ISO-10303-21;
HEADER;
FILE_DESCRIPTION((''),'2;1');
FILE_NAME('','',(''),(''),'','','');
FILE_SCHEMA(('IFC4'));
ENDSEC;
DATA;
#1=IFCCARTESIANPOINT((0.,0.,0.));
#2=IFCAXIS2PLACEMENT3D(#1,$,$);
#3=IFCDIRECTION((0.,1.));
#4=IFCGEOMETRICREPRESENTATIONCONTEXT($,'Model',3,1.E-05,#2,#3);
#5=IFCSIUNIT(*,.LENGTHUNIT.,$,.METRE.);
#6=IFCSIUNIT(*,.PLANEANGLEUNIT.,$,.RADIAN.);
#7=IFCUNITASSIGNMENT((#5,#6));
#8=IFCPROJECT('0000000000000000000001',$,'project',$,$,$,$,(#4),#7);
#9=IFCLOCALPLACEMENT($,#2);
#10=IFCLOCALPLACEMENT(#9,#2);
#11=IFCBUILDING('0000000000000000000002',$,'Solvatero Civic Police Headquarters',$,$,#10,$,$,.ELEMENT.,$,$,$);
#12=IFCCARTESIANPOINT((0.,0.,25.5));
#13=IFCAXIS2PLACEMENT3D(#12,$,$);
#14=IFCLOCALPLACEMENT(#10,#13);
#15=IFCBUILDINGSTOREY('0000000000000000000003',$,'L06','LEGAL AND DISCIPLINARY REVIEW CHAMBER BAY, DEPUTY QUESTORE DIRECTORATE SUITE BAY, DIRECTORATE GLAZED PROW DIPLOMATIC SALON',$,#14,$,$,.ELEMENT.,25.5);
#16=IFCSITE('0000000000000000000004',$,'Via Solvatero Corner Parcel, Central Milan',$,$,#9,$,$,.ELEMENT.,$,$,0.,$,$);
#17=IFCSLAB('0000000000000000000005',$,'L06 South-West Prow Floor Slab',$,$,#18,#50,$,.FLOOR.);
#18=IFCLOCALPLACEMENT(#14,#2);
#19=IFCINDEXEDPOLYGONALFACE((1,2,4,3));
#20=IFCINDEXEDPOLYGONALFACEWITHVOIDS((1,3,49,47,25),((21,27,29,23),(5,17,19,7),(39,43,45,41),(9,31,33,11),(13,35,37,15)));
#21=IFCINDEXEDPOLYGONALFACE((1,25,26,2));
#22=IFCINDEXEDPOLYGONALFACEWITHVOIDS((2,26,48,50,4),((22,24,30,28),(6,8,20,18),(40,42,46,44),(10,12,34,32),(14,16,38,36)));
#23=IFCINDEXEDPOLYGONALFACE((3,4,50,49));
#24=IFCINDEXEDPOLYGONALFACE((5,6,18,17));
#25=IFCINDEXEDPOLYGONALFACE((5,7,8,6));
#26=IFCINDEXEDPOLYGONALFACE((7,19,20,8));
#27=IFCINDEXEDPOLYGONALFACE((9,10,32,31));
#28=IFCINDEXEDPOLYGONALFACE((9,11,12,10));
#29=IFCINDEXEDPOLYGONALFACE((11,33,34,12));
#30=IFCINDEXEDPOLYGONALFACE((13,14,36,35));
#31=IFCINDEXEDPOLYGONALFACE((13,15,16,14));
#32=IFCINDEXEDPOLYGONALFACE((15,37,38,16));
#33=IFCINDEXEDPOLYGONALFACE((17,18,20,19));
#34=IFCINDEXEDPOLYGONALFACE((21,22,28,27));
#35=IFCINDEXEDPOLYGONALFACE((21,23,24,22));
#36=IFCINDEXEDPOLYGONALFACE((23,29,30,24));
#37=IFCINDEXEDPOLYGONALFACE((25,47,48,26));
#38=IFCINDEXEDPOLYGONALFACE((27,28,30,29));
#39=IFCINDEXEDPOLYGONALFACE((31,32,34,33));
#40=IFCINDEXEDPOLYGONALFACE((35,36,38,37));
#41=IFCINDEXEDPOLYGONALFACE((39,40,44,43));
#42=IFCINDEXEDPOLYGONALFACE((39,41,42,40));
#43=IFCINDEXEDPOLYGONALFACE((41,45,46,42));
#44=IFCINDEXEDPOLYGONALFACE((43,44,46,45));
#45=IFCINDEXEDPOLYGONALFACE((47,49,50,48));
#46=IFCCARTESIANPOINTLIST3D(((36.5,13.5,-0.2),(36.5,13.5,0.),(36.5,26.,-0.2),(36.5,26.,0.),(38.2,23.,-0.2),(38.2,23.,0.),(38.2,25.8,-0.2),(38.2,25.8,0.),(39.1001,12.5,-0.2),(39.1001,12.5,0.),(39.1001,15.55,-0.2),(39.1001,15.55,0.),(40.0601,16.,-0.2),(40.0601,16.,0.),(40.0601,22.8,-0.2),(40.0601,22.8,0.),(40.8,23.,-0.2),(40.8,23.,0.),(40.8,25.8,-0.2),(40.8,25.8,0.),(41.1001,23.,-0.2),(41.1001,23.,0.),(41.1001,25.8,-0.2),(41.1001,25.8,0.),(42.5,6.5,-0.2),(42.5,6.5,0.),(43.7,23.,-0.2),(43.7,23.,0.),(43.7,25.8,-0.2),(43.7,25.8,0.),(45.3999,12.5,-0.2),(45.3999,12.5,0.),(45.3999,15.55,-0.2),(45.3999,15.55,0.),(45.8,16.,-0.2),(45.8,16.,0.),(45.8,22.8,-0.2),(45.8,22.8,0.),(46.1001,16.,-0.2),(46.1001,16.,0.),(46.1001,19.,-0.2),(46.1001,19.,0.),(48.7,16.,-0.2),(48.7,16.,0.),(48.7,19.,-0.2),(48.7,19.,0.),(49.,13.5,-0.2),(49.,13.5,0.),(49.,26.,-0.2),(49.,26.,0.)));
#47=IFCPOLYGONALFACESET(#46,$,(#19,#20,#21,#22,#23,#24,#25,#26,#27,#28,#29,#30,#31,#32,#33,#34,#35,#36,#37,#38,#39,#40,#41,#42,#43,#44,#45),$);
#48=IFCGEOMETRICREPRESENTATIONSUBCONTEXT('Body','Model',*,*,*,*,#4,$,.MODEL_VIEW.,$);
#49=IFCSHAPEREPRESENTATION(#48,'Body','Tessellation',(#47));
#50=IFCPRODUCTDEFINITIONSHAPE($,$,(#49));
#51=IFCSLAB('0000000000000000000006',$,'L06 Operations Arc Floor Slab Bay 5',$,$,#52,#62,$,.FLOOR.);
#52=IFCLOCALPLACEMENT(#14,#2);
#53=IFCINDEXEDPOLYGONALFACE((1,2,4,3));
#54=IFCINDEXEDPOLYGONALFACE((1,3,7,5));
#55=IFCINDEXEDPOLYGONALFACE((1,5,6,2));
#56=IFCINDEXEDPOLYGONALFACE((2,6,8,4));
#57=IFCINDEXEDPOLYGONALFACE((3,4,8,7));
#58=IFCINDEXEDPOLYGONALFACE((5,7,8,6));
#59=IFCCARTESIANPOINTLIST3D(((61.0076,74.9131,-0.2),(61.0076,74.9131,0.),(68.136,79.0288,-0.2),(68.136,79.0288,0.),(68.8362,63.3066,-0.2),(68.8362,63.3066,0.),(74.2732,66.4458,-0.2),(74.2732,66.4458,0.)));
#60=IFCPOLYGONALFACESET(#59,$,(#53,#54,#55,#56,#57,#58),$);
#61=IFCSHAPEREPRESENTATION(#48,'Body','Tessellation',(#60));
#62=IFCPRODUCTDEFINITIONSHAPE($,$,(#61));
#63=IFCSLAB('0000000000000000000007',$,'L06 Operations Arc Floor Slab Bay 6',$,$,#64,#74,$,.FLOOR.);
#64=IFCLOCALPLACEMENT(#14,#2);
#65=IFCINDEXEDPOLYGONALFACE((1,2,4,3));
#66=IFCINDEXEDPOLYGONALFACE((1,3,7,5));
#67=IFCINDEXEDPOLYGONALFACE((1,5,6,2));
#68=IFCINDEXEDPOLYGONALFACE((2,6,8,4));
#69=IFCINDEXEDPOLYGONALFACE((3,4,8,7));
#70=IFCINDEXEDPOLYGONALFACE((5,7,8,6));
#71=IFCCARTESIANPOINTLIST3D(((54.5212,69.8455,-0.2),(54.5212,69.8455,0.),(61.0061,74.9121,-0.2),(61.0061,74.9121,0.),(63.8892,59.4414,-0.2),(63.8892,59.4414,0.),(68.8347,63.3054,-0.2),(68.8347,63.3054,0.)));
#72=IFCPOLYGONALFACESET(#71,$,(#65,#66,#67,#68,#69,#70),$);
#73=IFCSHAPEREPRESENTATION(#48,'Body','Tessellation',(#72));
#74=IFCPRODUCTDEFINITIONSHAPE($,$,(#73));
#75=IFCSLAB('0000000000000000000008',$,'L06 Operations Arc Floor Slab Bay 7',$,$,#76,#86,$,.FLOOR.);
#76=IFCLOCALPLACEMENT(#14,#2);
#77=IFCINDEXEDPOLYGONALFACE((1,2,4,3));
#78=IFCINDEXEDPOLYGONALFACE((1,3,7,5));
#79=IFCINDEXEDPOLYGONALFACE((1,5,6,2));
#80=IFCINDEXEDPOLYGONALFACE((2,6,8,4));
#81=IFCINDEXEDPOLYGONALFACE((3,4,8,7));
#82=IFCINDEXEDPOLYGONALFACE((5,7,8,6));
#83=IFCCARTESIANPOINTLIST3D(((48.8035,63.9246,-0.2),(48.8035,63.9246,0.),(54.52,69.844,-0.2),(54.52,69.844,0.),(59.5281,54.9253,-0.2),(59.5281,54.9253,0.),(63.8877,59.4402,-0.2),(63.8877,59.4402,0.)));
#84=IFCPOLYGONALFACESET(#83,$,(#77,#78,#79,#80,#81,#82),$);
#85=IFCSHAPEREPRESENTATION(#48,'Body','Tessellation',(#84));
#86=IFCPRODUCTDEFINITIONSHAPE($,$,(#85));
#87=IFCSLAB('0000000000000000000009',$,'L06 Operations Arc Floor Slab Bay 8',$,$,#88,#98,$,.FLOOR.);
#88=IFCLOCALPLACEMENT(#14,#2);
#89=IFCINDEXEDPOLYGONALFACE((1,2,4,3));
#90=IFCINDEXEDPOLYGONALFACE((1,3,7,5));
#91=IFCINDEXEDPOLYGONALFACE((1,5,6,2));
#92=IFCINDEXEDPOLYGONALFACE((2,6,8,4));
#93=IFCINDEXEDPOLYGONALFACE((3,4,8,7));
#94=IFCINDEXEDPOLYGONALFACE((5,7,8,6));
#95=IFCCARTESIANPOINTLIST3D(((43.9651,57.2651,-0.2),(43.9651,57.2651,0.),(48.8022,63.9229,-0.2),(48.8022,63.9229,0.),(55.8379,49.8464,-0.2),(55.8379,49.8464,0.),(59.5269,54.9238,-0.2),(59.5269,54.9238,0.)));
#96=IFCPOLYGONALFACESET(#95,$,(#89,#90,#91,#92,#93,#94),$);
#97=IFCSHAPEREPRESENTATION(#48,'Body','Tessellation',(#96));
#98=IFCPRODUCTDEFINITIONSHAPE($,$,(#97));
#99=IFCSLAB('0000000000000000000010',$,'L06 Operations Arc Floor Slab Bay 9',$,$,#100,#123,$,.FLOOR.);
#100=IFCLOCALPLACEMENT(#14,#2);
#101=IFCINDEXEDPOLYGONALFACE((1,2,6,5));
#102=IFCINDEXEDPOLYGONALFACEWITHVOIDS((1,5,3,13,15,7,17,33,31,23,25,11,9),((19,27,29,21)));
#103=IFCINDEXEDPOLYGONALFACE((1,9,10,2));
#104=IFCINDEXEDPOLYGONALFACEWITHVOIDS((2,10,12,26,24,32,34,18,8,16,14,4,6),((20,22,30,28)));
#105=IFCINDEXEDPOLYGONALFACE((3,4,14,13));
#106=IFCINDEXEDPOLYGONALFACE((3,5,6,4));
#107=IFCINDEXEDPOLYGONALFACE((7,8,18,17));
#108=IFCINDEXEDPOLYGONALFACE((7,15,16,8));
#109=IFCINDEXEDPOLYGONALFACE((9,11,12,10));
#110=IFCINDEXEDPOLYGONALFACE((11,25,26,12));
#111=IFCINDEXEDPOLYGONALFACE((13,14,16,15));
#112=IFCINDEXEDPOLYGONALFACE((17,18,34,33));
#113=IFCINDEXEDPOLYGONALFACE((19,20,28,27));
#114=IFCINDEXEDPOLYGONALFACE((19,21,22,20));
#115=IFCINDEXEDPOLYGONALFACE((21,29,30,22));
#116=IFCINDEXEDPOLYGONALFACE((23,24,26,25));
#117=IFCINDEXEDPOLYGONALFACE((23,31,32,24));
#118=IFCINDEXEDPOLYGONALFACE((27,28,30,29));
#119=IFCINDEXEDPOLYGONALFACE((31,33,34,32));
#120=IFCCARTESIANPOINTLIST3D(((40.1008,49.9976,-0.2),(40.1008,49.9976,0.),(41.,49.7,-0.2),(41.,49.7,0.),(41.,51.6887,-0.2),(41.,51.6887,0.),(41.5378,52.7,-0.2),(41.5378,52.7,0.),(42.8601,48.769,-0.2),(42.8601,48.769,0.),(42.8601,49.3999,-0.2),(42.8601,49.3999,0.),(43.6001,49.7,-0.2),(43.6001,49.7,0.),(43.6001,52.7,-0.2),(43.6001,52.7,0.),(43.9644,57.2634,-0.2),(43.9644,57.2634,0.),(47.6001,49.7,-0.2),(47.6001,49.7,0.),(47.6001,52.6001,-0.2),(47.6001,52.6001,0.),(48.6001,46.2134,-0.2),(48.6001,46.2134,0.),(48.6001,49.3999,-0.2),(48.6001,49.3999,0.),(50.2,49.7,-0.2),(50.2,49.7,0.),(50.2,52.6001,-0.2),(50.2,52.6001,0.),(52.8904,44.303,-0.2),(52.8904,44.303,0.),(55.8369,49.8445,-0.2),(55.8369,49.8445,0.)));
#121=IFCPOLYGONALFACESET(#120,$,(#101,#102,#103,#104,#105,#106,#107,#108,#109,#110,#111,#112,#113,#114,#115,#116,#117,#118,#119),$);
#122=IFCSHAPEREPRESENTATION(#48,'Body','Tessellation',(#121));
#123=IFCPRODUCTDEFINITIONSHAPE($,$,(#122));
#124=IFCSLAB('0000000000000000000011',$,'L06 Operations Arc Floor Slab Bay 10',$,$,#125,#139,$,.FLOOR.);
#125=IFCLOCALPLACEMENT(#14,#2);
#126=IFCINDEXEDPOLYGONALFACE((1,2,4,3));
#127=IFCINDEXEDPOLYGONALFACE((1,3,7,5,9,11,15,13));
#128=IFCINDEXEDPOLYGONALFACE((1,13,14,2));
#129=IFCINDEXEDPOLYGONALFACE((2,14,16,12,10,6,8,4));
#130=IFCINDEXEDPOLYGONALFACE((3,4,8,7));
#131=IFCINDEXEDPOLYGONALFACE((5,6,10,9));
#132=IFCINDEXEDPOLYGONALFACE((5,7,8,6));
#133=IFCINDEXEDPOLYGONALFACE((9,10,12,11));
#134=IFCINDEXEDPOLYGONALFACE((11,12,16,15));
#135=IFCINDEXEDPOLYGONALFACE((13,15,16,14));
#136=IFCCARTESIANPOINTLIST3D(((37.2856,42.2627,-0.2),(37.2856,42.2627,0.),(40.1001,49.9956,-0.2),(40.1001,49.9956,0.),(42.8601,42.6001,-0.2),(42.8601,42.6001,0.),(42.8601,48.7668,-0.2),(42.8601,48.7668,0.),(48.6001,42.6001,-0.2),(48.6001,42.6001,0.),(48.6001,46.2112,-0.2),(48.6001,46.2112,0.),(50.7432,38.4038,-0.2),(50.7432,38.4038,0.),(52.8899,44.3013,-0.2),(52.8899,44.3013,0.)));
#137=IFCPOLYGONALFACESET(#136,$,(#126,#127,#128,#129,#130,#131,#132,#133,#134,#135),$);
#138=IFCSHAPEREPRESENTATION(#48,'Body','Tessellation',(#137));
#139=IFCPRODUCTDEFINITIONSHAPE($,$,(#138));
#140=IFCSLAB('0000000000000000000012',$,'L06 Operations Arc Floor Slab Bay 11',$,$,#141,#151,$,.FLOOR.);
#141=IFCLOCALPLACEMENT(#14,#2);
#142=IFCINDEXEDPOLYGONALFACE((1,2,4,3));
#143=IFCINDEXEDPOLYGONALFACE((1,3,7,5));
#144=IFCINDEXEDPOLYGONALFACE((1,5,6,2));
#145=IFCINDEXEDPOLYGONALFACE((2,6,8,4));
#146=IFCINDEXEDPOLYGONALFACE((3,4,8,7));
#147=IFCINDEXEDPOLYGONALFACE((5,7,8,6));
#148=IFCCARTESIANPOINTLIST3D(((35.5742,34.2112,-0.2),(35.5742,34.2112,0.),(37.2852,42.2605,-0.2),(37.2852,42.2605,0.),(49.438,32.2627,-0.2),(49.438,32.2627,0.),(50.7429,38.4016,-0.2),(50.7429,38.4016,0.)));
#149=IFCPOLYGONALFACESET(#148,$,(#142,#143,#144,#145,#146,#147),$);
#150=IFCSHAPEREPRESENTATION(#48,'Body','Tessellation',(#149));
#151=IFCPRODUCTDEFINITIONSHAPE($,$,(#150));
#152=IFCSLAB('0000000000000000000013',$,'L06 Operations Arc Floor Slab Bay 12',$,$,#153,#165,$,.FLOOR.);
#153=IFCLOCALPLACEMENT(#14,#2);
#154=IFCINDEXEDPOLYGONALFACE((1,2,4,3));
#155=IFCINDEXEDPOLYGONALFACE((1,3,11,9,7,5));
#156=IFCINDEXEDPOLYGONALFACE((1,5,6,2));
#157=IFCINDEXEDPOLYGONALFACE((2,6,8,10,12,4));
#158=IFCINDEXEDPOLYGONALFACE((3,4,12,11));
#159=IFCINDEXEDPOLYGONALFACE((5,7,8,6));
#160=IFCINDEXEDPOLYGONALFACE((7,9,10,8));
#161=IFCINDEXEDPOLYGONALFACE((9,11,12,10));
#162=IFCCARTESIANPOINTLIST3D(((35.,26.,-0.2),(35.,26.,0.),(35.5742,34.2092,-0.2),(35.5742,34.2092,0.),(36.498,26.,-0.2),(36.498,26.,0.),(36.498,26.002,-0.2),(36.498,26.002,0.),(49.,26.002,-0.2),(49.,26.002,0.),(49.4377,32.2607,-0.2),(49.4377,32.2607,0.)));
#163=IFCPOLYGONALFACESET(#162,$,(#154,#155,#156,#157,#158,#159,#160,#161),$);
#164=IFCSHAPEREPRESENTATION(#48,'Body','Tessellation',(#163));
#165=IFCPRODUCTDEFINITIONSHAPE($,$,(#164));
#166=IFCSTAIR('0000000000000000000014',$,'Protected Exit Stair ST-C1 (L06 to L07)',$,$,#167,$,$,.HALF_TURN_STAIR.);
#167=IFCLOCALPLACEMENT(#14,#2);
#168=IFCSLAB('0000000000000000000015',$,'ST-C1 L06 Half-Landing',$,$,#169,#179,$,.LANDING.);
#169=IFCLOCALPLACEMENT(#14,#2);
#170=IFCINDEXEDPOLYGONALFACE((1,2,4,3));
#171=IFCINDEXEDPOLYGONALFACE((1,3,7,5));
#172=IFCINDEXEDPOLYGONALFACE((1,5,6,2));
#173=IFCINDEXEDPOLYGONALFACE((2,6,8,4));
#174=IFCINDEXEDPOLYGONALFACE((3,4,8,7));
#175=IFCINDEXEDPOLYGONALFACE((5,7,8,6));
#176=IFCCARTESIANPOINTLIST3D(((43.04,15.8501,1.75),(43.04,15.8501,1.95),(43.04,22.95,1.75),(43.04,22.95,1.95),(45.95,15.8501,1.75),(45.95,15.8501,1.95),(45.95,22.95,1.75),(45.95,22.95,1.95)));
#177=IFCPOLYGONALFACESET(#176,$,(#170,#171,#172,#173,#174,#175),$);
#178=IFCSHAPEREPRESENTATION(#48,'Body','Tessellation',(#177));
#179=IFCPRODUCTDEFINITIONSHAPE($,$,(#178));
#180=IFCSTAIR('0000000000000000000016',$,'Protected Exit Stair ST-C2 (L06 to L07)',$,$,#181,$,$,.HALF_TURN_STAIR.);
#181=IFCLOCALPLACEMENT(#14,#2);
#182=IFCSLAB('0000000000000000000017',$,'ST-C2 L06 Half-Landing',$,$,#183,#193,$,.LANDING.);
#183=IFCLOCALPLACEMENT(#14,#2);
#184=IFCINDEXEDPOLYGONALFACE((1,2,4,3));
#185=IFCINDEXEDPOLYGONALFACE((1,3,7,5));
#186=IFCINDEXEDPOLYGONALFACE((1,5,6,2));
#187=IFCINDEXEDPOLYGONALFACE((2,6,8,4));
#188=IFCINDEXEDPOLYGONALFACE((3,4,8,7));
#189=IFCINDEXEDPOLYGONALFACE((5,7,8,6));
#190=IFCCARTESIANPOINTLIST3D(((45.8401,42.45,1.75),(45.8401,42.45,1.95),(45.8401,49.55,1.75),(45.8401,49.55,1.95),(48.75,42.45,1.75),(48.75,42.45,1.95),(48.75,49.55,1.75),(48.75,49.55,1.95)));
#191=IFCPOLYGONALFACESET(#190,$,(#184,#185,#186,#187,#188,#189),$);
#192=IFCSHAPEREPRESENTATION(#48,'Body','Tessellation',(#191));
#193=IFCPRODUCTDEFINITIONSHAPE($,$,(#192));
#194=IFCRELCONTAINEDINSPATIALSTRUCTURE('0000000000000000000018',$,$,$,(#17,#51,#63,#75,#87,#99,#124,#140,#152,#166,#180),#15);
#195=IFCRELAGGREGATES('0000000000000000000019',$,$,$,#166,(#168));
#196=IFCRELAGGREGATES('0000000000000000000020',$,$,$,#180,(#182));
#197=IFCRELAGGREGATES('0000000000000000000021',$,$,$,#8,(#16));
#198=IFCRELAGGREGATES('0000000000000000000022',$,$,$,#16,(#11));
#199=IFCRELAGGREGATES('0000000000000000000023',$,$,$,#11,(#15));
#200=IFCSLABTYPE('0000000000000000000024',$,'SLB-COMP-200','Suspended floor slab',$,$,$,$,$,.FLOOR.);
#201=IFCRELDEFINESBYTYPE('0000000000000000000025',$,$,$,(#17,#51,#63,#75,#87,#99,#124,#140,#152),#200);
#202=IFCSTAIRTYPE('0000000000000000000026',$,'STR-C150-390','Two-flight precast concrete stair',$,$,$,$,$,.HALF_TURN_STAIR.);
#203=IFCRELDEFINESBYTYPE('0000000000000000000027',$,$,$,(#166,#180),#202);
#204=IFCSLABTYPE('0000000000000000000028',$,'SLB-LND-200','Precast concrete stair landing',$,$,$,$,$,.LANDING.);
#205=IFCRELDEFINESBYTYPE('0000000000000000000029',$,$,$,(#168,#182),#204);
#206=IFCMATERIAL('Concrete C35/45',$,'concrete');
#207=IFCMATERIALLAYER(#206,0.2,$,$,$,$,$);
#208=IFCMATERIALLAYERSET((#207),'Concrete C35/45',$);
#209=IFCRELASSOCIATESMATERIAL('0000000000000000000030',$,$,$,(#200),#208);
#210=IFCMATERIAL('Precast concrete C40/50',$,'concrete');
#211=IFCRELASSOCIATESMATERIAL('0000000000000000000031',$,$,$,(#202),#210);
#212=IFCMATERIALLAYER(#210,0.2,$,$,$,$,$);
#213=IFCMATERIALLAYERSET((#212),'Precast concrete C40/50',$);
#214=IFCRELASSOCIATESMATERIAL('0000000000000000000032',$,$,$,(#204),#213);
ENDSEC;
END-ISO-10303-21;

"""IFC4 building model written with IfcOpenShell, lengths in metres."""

from ifc_helpers import new_model, si_unit, direction, frame, origin, place, context, subcontext, project, spatial, polyline, outline, extrude, material, layer, layer_set, type_object, element, aggregate, save


model = new_model("IFC4")

# Units and contexts
model_context = context("Model", 3, precision=1e-05, world=origin(), true_north=direction((0.0, 1.0)))
body_context = subcontext(model_context, "Body", "Model", "MODEL_VIEW")
ifc_project = project(units=[si_unit("LENGTHUNIT", "METRE"), si_unit("PLANEANGLEUNIT", "RADIAN")], contexts=[model_context])

# Site, building, storey
site_placement = place(None, origin())
site = spatial("IfcSite", under=ifc_project, at=site_placement, Name="Via Solvatero Corner Parcel, Central Milan", CompositionType="ELEMENT", RefElevation=0.0)
building_placement = place(site_placement, origin())
building = spatial("IfcBuilding", under=site, at=building_placement, Name="Solvatero Civic Police Headquarters", CompositionType="ELEMENT")
storey_placement = place(building_placement, frame((0.0, 0.0, 25.5)))
storey = spatial("IfcBuildingStorey", under=building, at=storey_placement, Name="L06", Description="LEGAL AND DISCIPLINARY REVIEW CHAMBER BAY, DEPUTY QUESTORE DIRECTORATE SUITE BAY, DIRECTORATE GLAZED PROW DIPLOMATIC SALON", CompositionType="ELEMENT", Elevation=25.5)

# Slabs
ifc_material_1 = material(Name="Concrete C35/45", Category="concrete")
ifc_layer_1 = layer(ifc_material_1, 0.2)
ifc_layer_set_1 = layer_set([ifc_layer_1], Name="Concrete C35/45")
slab_type_1 = type_object("IfcSlabType", Name="SLB-COMP-200", Description="Suspended floor slab", PredefinedType="FLOOR", material=ifc_layer_set_1)
slab_1_placement = place(storey_placement, frame((0.0, 0.0, -0.2)))
element("IfcSlab", 1, at=slab_1_placement, inside=storey, type_object=slab_type_1, Name="L06 South-West Prow Floor Slab", PredefinedType="FLOOR", context=body_context, shape_type="SweptSolid", body=[
    extrude(outline(polyline([(49.0, 13.5), (42.5, 6.5), (36.5, 13.5), (36.5, 26.0), (49.0, 26.0), (49.0, 13.5)]), holes=[polyline([(39.1001, 12.5), (45.3999, 12.5), (45.3999, 15.55), (39.1001, 15.55), (39.1001, 12.5)]), polyline([(46.1001, 16.0), (48.7, 16.0), (48.7, 19.0), (46.1001, 19.0), (46.1001, 16.0)]), polyline([(40.0601, 16.0), (45.8, 16.0), (45.8, 22.8), (40.0601, 22.8), (40.0601, 16.0)]), polyline([(38.2, 25.8), (38.2, 23.0), (40.8, 23.0), (40.8, 25.8), (38.2, 25.8)]), polyline([(41.1001, 25.8), (41.1001, 23.0), (43.7, 23.0), (43.7, 25.8), (41.1001, 25.8)])]), origin(), (0.0, 0.0, 1.0), 0.2),
])
slab_2_placement = place(storey_placement, frame((0.0, 0.0, -0.2)))
element("IfcSlab", 2, at=slab_2_placement, inside=storey, type_object=slab_type_1, Name="L06 Operations Arc Floor Slab Bay 5", PredefinedType="FLOOR", context=body_context, shape_type="SweptSolid", body=[
    extrude(outline(polyline([(68.136, 79.0288), (74.2732, 66.4458), (68.8362, 63.3066), (61.0076, 74.9131), (68.136, 79.0288)])), origin(), (0.0, 0.0, 1.0), 0.2),
])
slab_3_placement = place(storey_placement, frame((0.0, 0.0, -0.2)))
element("IfcSlab", 3, at=slab_3_placement, inside=storey, type_object=slab_type_1, Name="L06 Operations Arc Floor Slab Bay 6", PredefinedType="FLOOR", context=body_context, shape_type="SweptSolid", body=[
    extrude(outline(polyline([(61.0061, 74.9121), (68.8347, 63.3054), (63.8892, 59.4414), (54.5212, 69.8455), (61.0061, 74.9121)])), origin(), (0.0, 0.0, 1.0), 0.2),
])
slab_4_placement = place(storey_placement, frame((0.0, 0.0, -0.2)))
element("IfcSlab", 4, at=slab_4_placement, inside=storey, type_object=slab_type_1, Name="L06 Operations Arc Floor Slab Bay 7", PredefinedType="FLOOR", context=body_context, shape_type="SweptSolid", body=[
    extrude(outline(polyline([(54.52, 69.844), (63.8877, 59.4402), (59.5281, 54.9253), (48.8035, 63.9246), (54.52, 69.844)])), origin(), (0.0, 0.0, 1.0), 0.2),
])
slab_5_placement = place(storey_placement, frame((0.0, 0.0, -0.2)))
element("IfcSlab", 5, at=slab_5_placement, inside=storey, type_object=slab_type_1, Name="L06 Operations Arc Floor Slab Bay 8", PredefinedType="FLOOR", context=body_context, shape_type="SweptSolid", body=[
    extrude(outline(polyline([(48.8022, 63.9229), (59.5269, 54.9238), (55.8379, 49.8464), (43.9651, 57.2651), (48.8022, 63.9229)])), origin(), (0.0, 0.0, 1.0), 0.2),
])
slab_6_placement = place(storey_placement, frame((0.0, 0.0, -0.2)))
element("IfcSlab", 6, at=slab_6_placement, inside=storey, type_object=slab_type_1, Name="L06 Operations Arc Floor Slab Bay 9", PredefinedType="FLOOR", context=body_context, shape_type="SweptSolid", body=[
    extrude(outline(polyline([(52.8904, 44.303), (48.6001, 46.2134), (48.6001, 49.3999), (42.8601, 49.3999), (42.8601, 48.769), (40.1008, 49.9976), (41.0, 51.6887), (41.0, 49.7), (43.6001, 49.7), (43.6001, 52.7), (41.5378, 52.7), (43.9644, 57.2634), (55.8369, 49.8445), (52.8904, 44.303)]), holes=[polyline([(50.2, 49.7), (50.2, 52.6001), (47.6001, 52.6001), (47.6001, 49.7), (50.2, 49.7)])]), origin(), (0.0, 0.0, 1.0), 0.2),
])
slab_7_placement = place(storey_placement, frame((0.0, 0.0, -0.2)))
element("IfcSlab", 7, at=slab_7_placement, inside=storey, type_object=slab_type_1, Name="L06 Operations Arc Floor Slab Bay 10", PredefinedType="FLOOR", context=body_context, shape_type="SweptSolid", body=[
    extrude(outline(polyline([(37.2856, 42.2627), (40.1001, 49.9956), (42.8601, 48.7668), (42.8601, 42.6001), (48.6001, 42.6001), (48.6001, 46.2112), (52.8899, 44.3013), (50.7432, 38.4038), (37.2856, 42.2627)])), origin(), (0.0, 0.0, 1.0), 0.2),
])
slab_8_placement = place(storey_placement, frame((0.0, 0.0, -0.2)))
element("IfcSlab", 8, at=slab_8_placement, inside=storey, type_object=slab_type_1, Name="L06 Operations Arc Floor Slab Bay 11", PredefinedType="FLOOR", context=body_context, shape_type="SweptSolid", body=[
    extrude(outline(polyline([(37.2852, 42.2605), (50.7429, 38.4016), (49.438, 32.2627), (35.5742, 34.2112), (37.2852, 42.2605)])), origin(), (0.0, 0.0, 1.0), 0.2),
])
slab_9_placement = place(storey_placement, frame((0.0, 0.0, -0.2)))
element("IfcSlab", 9, at=slab_9_placement, inside=storey, type_object=slab_type_1, Name="L06 Operations Arc Floor Slab Bay 12", PredefinedType="FLOOR", context=body_context, shape_type="SweptSolid", body=[
    extrude(outline(polyline([(35.5742, 34.2092), (49.4377, 32.2607), (49.0, 26.002), (36.498, 26.002), (36.498, 26.0), (35.0, 26.0), (35.5742, 34.2092)])), origin(), (0.0, 0.0, 1.0), 0.2),
])

# Stairs, slabs
ifc_material_2 = material(Name="Precast concrete C40/50", Category="concrete")
stair_type_1 = type_object("IfcStairType", Name="STR-C150-390", Description="Two-flight precast concrete stair", PredefinedType="HALF_TURN_STAIR", material=ifc_material_2)
stair_1_placement = place(storey_placement, origin())
stair_1 = element("IfcStair", 10, at=stair_1_placement, inside=storey, type_object=stair_type_1, Name="Protected Exit Stair ST-C1 (L06 to L07)", PredefinedType="HALF_TURN_STAIR")
ifc_layer_2 = layer(ifc_material_2, 0.2)
ifc_layer_set_2 = layer_set([ifc_layer_2], Name="Precast concrete C40/50")
slab_type_2 = type_object("IfcSlabType", Name="SLB-LND-200", Description="Precast concrete stair landing", PredefinedType="LANDING", material=ifc_layer_set_2)
slab_10_placement = place(storey_placement, frame((0.0, 0.0, 1.75)))
slab_10 = element("IfcSlab", 11, at=slab_10_placement, type_object=slab_type_2, Name="ST-C1 L06 Half-Landing", PredefinedType="LANDING", context=body_context, shape_type="SweptSolid", body=[
    extrude(outline(polyline([(43.04, 15.8501), (45.95, 15.8501), (45.95, 22.95), (43.04, 22.95), (43.04, 15.8501)])), origin(), (0.0, 0.0, 1.0), 0.2),
])
aggregate(stair_1, [slab_10])
stair_2_placement = place(storey_placement, origin())
stair_2 = element("IfcStair", 12, at=stair_2_placement, inside=storey, type_object=stair_type_1, Name="Protected Exit Stair ST-C2 (L06 to L07)", PredefinedType="HALF_TURN_STAIR")
slab_11_placement = place(storey_placement, frame((0.0, 0.0, 1.75)))
slab_11 = element("IfcSlab", 13, at=slab_11_placement, type_object=slab_type_2, Name="ST-C2 L06 Half-Landing", PredefinedType="LANDING", context=body_context, shape_type="SweptSolid", body=[
    extrude(outline(polyline([(45.8401, 42.45), (48.75, 42.45), (48.75, 49.55), (45.8401, 49.55), (45.8401, 42.45)])), origin(), (0.0, 0.0, 1.0), 0.2),
])
aggregate(stair_2, [slab_11])

save(model, "model.ifc")
